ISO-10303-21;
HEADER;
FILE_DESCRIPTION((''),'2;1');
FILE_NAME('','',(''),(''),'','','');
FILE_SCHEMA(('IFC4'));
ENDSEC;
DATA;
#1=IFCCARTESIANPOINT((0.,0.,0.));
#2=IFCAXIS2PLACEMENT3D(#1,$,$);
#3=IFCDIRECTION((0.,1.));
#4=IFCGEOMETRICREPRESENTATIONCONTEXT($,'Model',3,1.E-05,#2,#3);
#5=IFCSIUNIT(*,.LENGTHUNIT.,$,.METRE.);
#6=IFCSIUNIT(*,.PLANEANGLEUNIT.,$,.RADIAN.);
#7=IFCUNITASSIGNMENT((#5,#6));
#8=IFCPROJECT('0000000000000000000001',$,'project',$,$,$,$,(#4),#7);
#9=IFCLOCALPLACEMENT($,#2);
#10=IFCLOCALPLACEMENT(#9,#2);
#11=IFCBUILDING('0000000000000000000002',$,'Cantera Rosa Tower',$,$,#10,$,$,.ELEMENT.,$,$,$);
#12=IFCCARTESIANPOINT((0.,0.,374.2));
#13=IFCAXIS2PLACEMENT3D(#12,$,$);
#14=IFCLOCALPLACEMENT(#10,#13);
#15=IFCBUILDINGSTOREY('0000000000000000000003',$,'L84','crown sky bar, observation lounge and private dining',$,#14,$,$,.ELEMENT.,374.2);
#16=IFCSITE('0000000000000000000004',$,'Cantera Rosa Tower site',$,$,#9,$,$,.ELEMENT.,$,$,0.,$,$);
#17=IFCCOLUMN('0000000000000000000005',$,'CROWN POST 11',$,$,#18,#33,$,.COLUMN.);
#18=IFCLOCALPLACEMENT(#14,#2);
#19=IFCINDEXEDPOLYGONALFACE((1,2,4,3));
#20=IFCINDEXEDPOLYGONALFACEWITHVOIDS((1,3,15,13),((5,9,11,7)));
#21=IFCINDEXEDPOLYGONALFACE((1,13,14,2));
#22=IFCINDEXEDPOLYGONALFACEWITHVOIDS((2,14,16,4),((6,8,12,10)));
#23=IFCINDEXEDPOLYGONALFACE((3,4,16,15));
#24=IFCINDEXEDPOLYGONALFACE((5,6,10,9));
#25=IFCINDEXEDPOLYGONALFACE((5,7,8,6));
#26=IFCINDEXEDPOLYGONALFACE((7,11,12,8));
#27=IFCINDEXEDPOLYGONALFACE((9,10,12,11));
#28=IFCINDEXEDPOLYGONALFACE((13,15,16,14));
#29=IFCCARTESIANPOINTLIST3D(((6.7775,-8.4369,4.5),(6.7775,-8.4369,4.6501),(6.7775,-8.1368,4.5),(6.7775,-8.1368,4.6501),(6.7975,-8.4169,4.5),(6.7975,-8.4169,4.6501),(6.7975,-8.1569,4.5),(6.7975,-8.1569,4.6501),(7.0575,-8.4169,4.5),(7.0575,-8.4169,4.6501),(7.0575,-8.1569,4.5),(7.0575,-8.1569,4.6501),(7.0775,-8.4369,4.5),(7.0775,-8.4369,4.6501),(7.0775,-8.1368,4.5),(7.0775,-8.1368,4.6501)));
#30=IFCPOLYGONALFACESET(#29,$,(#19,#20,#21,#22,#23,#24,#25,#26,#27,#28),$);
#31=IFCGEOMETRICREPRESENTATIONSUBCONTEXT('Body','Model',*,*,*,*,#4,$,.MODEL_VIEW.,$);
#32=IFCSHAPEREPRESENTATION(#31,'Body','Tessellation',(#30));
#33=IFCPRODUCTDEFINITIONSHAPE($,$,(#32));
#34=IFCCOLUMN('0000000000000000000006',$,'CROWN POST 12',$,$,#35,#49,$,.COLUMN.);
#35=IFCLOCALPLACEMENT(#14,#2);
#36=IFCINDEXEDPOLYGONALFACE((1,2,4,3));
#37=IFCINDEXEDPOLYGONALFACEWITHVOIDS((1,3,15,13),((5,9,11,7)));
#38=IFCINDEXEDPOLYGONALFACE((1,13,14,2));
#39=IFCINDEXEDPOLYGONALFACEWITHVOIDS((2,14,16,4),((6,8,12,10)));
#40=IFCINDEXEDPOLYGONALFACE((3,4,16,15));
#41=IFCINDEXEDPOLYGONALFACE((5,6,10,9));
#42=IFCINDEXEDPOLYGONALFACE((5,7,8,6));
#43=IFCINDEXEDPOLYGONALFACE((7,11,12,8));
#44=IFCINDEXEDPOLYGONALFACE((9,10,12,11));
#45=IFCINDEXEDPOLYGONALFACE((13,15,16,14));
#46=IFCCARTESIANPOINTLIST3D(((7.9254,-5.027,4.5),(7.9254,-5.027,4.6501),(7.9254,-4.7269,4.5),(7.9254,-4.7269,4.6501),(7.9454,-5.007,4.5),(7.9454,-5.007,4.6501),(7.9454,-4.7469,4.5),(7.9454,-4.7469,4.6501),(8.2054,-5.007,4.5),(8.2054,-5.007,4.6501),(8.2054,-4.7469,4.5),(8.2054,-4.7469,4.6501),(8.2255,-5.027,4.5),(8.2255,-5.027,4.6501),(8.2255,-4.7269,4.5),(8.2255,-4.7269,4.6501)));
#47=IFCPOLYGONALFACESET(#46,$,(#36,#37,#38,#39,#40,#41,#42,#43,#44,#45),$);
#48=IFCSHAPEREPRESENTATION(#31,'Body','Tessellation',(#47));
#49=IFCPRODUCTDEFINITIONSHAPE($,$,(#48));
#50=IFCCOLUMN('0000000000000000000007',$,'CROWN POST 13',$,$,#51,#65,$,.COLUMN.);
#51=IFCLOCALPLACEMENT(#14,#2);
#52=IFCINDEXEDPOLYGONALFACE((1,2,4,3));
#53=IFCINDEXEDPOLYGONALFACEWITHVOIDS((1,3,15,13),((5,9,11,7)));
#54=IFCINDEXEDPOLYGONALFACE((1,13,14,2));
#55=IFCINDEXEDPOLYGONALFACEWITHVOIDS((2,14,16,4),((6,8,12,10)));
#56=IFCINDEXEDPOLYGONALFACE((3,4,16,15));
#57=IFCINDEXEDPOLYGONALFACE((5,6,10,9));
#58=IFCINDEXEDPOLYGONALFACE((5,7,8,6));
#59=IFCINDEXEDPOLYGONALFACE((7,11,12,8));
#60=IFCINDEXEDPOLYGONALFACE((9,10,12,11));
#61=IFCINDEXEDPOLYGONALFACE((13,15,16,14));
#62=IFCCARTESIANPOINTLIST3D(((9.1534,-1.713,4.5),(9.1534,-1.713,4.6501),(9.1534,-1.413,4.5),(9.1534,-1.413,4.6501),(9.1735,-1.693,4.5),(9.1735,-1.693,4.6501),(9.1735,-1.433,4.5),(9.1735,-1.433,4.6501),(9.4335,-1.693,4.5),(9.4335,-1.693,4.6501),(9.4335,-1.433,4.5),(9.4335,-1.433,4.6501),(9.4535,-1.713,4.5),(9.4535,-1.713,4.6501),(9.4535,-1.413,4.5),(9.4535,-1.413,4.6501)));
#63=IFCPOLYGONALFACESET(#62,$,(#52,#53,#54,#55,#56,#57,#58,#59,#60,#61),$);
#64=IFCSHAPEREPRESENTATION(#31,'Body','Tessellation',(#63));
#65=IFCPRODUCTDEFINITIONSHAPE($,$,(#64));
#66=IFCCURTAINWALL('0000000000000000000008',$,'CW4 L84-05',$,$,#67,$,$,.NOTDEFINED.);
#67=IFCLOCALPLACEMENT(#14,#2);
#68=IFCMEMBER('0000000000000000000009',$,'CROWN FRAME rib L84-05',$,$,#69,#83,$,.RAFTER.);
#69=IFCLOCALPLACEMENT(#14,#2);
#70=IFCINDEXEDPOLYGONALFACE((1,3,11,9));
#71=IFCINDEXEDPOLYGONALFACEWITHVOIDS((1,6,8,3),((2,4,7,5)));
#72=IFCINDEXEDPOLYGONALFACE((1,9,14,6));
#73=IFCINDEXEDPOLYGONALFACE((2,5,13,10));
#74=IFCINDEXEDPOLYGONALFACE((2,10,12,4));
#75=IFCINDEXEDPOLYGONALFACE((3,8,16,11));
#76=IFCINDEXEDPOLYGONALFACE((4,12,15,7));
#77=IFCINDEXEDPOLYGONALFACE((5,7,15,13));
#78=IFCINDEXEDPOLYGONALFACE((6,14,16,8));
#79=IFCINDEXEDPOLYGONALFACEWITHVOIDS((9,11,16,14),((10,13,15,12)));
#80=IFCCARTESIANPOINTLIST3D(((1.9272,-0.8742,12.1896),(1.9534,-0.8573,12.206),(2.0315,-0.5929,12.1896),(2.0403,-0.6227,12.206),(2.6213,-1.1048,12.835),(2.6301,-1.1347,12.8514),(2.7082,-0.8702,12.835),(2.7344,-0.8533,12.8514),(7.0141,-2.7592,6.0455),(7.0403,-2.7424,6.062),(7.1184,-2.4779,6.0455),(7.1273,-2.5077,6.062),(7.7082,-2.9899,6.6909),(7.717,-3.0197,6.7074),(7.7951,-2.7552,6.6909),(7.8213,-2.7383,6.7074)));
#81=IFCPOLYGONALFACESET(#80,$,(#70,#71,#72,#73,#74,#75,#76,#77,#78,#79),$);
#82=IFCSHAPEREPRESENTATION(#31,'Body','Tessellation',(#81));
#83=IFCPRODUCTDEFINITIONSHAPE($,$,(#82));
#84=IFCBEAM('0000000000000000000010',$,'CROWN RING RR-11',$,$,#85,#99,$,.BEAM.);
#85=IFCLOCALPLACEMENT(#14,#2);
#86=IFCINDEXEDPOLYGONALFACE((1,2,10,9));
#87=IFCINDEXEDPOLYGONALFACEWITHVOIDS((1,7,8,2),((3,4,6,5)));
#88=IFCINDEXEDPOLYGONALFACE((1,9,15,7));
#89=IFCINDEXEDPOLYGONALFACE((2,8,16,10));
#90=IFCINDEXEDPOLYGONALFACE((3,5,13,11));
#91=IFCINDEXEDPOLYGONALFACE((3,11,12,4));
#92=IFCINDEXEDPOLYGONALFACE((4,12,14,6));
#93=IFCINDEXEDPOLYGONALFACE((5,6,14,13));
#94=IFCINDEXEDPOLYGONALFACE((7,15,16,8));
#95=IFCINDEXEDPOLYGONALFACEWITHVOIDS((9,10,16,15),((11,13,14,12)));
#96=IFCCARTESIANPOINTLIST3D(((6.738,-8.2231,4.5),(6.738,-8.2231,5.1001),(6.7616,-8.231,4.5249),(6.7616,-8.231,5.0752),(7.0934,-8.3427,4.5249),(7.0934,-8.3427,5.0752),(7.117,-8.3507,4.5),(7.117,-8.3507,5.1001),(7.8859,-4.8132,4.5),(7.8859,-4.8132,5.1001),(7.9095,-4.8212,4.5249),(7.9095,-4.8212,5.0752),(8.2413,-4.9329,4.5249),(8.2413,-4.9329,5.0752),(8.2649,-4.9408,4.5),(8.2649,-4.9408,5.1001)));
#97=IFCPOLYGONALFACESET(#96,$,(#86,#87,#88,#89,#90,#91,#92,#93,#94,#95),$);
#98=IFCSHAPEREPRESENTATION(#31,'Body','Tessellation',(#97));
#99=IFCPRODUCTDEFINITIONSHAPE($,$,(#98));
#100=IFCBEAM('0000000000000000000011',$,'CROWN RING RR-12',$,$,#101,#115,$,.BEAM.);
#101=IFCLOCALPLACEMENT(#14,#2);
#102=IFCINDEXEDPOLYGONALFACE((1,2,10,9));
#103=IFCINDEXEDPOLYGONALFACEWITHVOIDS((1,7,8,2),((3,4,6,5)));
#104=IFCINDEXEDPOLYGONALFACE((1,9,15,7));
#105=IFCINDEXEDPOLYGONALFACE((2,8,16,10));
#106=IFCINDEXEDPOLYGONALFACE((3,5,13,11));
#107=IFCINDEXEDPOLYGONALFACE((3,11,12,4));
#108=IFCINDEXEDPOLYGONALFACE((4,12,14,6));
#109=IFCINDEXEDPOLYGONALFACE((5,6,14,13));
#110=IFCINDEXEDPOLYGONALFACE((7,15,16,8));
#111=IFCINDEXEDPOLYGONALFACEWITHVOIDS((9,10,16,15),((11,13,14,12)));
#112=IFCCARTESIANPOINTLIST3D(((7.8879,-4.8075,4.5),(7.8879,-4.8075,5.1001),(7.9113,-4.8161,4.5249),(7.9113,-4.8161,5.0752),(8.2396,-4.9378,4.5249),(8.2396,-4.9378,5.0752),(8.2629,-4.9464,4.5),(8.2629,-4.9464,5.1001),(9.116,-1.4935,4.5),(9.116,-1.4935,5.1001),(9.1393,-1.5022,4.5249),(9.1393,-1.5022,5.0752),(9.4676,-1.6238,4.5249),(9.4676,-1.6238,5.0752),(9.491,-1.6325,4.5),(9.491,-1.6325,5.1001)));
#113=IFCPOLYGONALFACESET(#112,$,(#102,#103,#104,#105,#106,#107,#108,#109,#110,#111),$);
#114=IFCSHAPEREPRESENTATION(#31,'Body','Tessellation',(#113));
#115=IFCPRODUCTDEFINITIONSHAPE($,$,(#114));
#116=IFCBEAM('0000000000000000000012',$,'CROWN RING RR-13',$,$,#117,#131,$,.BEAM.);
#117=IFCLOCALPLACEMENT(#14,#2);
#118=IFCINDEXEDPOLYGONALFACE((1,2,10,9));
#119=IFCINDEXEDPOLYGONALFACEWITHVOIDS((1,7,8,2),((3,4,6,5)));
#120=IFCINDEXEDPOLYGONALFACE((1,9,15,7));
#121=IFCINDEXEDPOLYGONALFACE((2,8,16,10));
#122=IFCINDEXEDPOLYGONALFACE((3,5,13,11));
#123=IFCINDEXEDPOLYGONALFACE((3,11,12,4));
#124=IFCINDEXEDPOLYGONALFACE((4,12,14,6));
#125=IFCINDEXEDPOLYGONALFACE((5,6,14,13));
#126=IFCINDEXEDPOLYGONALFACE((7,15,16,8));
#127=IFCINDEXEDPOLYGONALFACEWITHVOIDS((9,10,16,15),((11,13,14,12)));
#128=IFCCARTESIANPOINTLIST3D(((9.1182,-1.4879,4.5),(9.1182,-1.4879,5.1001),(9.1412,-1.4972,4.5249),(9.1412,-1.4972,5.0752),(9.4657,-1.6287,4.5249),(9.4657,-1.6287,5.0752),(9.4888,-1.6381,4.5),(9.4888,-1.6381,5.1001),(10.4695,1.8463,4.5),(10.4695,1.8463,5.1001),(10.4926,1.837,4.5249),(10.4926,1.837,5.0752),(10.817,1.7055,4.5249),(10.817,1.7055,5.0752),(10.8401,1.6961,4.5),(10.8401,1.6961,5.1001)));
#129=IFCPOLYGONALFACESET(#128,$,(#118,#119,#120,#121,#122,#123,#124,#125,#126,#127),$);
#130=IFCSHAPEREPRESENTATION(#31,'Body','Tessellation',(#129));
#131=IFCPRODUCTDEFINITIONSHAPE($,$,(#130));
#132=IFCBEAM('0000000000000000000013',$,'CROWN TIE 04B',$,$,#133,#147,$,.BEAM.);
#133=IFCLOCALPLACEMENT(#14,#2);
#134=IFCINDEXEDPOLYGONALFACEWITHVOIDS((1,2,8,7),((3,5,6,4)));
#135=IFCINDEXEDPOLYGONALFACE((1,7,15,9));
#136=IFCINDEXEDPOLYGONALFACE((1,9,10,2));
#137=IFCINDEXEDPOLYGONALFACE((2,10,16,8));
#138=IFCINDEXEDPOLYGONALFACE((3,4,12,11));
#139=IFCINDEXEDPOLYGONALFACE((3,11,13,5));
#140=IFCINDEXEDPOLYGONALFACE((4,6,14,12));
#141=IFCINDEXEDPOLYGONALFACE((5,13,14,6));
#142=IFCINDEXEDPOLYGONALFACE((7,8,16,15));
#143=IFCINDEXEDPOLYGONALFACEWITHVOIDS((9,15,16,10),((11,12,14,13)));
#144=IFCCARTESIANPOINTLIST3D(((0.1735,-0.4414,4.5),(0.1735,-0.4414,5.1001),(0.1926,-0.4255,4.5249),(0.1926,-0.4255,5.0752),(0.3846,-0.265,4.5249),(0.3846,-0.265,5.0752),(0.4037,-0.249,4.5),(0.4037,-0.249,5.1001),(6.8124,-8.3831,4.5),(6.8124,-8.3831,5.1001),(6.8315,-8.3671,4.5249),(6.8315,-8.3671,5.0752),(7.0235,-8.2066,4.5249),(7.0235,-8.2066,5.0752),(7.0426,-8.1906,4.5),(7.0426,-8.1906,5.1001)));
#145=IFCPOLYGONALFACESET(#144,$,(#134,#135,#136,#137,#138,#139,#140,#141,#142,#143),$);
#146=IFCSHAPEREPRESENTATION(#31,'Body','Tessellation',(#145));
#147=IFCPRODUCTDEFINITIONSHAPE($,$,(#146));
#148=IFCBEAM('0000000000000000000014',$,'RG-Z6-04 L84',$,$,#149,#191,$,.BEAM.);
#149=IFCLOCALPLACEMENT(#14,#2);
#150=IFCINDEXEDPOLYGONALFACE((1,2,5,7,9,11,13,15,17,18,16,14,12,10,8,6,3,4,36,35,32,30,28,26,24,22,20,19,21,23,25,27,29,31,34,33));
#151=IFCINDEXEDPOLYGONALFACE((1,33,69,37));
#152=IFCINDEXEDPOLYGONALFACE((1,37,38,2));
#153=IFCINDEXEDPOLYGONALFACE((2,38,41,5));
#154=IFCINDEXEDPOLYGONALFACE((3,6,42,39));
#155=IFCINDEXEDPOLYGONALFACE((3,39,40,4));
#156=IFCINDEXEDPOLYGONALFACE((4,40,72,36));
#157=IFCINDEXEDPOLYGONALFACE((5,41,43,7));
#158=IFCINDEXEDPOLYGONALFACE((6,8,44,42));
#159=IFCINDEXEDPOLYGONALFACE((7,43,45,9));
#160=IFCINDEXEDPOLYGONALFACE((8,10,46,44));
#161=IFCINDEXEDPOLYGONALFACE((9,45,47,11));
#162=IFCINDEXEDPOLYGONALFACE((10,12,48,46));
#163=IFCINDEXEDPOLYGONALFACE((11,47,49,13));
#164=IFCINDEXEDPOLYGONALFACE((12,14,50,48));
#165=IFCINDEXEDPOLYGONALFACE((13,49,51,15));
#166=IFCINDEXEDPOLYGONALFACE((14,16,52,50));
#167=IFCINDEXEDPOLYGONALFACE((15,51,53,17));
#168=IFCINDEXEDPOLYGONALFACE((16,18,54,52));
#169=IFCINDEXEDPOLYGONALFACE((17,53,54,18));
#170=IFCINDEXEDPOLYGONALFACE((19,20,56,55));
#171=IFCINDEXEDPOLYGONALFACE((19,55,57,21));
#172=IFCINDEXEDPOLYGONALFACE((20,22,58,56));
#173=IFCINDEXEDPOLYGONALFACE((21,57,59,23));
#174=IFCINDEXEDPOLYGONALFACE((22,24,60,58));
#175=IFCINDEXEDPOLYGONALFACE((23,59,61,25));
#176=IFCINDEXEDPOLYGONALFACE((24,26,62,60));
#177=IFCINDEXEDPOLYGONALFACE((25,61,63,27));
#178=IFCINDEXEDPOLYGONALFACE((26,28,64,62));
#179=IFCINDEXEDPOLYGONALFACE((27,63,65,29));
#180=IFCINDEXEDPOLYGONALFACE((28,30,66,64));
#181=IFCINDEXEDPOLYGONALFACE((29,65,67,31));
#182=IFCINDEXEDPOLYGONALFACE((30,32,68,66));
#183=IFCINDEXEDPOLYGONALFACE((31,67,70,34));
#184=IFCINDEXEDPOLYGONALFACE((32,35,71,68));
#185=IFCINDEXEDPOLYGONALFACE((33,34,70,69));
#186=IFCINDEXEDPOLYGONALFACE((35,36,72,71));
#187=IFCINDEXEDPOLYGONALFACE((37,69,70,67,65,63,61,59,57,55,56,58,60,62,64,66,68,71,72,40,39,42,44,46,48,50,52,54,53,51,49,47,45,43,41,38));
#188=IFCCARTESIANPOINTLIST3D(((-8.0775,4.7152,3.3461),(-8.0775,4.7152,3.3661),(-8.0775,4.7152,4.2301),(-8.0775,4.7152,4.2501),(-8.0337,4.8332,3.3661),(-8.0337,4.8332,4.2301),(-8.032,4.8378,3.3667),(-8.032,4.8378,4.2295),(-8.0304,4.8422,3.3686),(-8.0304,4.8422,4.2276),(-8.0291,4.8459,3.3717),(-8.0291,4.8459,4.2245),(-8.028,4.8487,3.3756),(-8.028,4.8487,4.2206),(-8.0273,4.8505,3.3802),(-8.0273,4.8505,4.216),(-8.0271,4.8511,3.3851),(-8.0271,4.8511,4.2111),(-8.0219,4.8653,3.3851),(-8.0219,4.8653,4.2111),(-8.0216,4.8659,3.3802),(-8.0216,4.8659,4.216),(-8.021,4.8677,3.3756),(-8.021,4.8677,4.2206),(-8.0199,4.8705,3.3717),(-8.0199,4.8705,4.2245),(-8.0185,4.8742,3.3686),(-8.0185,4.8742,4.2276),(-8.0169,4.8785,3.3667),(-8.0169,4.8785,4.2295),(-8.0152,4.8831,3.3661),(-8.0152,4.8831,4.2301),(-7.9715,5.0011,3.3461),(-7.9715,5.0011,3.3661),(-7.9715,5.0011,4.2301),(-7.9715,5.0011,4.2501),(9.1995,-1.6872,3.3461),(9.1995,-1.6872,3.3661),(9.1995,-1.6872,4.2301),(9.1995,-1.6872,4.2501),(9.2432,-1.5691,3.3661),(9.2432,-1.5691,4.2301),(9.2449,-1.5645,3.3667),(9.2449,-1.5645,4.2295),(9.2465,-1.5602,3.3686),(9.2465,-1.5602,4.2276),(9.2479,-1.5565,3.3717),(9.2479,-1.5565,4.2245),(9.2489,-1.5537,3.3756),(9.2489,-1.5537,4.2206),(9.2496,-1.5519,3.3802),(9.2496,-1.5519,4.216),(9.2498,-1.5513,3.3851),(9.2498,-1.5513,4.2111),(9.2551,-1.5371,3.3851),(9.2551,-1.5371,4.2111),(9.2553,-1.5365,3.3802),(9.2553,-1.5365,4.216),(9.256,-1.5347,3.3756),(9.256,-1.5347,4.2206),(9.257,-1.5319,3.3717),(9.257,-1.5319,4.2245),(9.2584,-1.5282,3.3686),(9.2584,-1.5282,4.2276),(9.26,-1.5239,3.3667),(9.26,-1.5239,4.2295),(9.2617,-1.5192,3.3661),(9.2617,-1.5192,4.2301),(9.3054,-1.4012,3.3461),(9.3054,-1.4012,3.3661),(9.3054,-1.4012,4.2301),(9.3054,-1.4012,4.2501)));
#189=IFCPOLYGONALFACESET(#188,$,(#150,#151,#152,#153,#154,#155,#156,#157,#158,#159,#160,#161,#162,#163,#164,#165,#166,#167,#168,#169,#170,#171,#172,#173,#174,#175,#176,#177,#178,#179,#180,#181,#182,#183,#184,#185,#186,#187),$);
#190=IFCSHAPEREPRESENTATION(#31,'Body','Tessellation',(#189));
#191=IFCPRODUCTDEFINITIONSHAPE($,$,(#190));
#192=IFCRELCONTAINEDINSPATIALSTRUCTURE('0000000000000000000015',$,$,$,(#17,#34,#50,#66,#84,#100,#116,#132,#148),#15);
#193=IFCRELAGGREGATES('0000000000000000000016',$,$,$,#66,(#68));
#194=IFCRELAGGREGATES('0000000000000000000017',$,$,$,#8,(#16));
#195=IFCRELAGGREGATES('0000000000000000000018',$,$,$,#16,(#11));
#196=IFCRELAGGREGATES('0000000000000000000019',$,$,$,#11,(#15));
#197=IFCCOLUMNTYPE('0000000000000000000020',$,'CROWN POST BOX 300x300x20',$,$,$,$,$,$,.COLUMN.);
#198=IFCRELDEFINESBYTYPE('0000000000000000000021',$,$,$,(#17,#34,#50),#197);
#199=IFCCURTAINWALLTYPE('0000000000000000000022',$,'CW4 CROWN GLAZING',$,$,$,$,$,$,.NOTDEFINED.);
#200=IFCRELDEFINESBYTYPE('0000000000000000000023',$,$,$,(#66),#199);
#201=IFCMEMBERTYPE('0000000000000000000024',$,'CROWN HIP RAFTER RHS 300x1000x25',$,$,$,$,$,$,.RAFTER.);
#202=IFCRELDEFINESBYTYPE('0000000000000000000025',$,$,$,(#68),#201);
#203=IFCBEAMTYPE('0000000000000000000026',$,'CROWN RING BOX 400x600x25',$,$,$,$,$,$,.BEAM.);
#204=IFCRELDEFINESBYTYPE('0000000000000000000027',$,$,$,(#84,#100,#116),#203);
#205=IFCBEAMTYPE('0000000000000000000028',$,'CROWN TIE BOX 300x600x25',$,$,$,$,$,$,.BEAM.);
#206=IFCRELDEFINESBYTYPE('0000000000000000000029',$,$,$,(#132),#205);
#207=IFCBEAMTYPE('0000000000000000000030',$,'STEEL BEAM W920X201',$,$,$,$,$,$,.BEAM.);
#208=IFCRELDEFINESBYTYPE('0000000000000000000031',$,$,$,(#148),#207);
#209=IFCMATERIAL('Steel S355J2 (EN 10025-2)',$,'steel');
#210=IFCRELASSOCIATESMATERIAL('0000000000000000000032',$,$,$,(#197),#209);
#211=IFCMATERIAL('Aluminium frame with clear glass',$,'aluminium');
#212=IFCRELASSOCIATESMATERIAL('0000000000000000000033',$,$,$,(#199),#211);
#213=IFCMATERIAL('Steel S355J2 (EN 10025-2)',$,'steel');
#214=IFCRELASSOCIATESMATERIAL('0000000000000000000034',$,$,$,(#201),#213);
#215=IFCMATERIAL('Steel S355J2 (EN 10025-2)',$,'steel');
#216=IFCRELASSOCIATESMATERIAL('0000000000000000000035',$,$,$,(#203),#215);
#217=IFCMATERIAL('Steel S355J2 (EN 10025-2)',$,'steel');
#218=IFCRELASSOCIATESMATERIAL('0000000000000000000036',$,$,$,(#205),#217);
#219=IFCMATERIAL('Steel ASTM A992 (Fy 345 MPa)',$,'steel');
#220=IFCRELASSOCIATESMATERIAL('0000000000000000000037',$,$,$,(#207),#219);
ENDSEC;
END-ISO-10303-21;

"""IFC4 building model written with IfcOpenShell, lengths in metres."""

from ifc_helpers import new_model, si_unit, direction, frame, origin, origin_2d, place, context, subcontext, project, spatial, hollow_rectangle, i_section, extrude, material, material_profile, profile_set, type_object, element, aggregate, save


model = new_model("IFC4")

# Units and contexts
model_context = context("Model", 3, precision=1e-05, world=origin(), true_north=direction((0.0, 1.0)))
body_context = subcontext(model_context, "Body", "Model", "MODEL_VIEW")
ifc_project = project(units=[si_unit("LENGTHUNIT", "METRE"), si_unit("PLANEANGLEUNIT", "RADIAN")], contexts=[model_context])

# Site, building, storey
site_placement = place(None, origin())
site = spatial("IfcSite", under=ifc_project, at=site_placement, Name="Cantera Rosa Tower site", CompositionType="ELEMENT", RefElevation=0.0)
building_placement = place(site_placement, origin())
building = spatial("IfcBuilding", under=site, at=building_placement, Name="Cantera Rosa Tower", CompositionType="ELEMENT")
storey_placement = place(building_placement, frame((0.0, 0.0, 374.2)))
storey = spatial("IfcBuildingStorey", under=building, at=storey_placement, Name="L84", Description="crown sky bar, observation lounge and private dining", CompositionType="ELEMENT", Elevation=374.2)

# Columns
ifc_material_1 = material(Name="Steel S355J2 (EN 10025-2)", Category="steel")
ifc_material_profile_1 = material_profile(ifc_material_1, hollow_rectangle(XDim=0.3, YDim=0.3, WallThickness=0.02, at=origin_2d()), Name="CROWN POST BOX 300x300x20")
ifc_profile_set_1 = profile_set([ifc_material_profile_1], Name="Steel S355J2 (EN 10025-2)")
column_type = type_object("IfcColumnType", Name="CROWN POST BOX 300x300x20", PredefinedType="COLUMN", material=ifc_profile_set_1)
for number, where, z_axis, x_axis, name in (
    (1, (6.9275, -8.2869, 4.5), (0.0, 0.0, 1.0), (1.0, 0.0, 0.0), "CROWN POST 11"),
    (2, (8.0754, -4.877, 4.5), (0.0, 0.0, 1.0), (1.0, 0.0, 0.0), "CROWN POST 12"),
    (3, (9.3035, -1.563, 4.5), (0.0, 0.0, 1.0), (1.0, 0.0, 0.0), "CROWN POST 13"),
):
    element("IfcColumn", number, at=place(storey_placement, frame(where, z_axis=z_axis, x_axis=x_axis)), inside=storey, type_object=column_type, Name=name, PredefinedType="COLUMN", context=body_context, shape_type="SweptSolid", body=[
        extrude(hollow_rectangle(XDim=0.3, YDim=0.3, WallThickness=0.02, at=origin_2d()), origin(), (0.0, 0.0, 1.0), 0.1501),
    ])

# Curtain wall, member
ifc_material_2 = material(Name="Aluminium frame with clear glass", Category="aluminium")
curtain_wall_type = type_object("IfcCurtainWallType", Name="CW4 CROWN GLAZING", PredefinedType="NOTDEFINED", material=ifc_material_2)
curtain_wall_1_placement = place(storey_placement, origin())
curtain_wall_1 = element("IfcCurtainWall", 4, at=curtain_wall_1_placement, inside=storey, type_object=curtain_wall_type, Name="CW4 L84-05", PredefinedType="NOTDEFINED")
ifc_material_3 = material(Name="Steel S355J2 (EN 10025-2)", Category="steel")
ifc_material_profile_2 = material_profile(ifc_material_3, hollow_rectangle(XDim=0.3, YDim=1.0, WallThickness=0.0249, at=origin_2d()), Name="CROWN HIP RAFTER RHS 300x1000x25")
ifc_profile_set_2 = profile_set([ifc_material_profile_2], Name="Steel S355J2 (EN 10025-2)")
member_type = type_object("IfcMemberType", Name="CROWN HIP RAFTER RHS 300x1000x25", PredefinedType="RAFTER", material=ifc_profile_set_2)
member_placement = place(storey_placement, frame((7.4177, -2.7488, 6.3765), z_axis=(-0.620636, 0.229983, 0.749612), x_axis=(0.347471, 0.937691, 0.0)))
member = element("IfcMember", 5, at=member_placement, type_object=member_type, Name="CROWN FRAME rib L84-05", PredefinedType="RAFTER", context=body_context, shape_type="SweptSolid", body=[
    extrude(hollow_rectangle(XDim=0.3, YDim=1.0, WallThickness=0.0249, at=origin_2d()), origin(), (0.0, 0.0, 1.0), 8.1963),
])

# Beams
ifc_material_4 = material(Name="Steel S355J2 (EN 10025-2)", Category="steel")
ifc_material_profile_3 = material_profile(ifc_material_4, hollow_rectangle(XDim=0.3999, YDim=0.6001, WallThickness=0.0249, at=origin_2d()), Name="CROWN RING BOX 400x600x25")
ifc_profile_set_3 = profile_set([ifc_material_profile_3], Name="Steel S355J2 (EN 10025-2)")
beam_type_1 = type_object("IfcBeamType", Name="CROWN RING BOX 400x600x25", PredefinedType="BEAM", material=ifc_profile_set_3)
beam_1_placement = place(storey_placement, frame((6.9275, -8.2869, 4.8), z_axis=(0.319056, 0.947736, 0.0), x_axis=(-0.947736, 0.319056, 0.0)))
element("IfcBeam", 6, at=beam_1_placement, inside=storey, type_object=beam_type_1, Name="CROWN RING RR-11", PredefinedType="BEAM", context=body_context, shape_type="SweptSolid", body=[
    extrude(hollow_rectangle(XDim=0.3999, YDim=0.6001, WallThickness=0.0249, at=origin_2d()), origin(), (0.0, 0.0, 1.0), 3.5979),
])
beam_2_placement = place(storey_placement, frame((8.0754, -4.877, 4.8), z_axis=(0.347472, 0.93769, 0.0), x_axis=(-0.93769, 0.347472, 0.0)))
element("IfcBeam", 7, at=beam_2_placement, inside=storey, type_object=beam_type_1, Name="CROWN RING RR-12", PredefinedType="BEAM", context=body_context, shape_type="SweptSolid", body=[
    extrude(hollow_rectangle(XDim=0.3999, YDim=0.6001, WallThickness=0.0249, at=origin_2d()), origin(), (0.0, 0.0, 1.0), 3.5342),
])
beam_3_placement = place(storey_placement, frame((9.3035, -1.563, 4.8), z_axis=(0.375611, 0.926778, 0.0), x_axis=(-0.926778, 0.375611, 0.0)))
element("IfcBeam", 8, at=beam_3_placement, inside=storey, type_object=beam_type_1, Name="CROWN RING RR-13", PredefinedType="BEAM", context=body_context, shape_type="SweptSolid", body=[
    extrude(hollow_rectangle(XDim=0.3999, YDim=0.6001, WallThickness=0.0249, at=origin_2d()), origin(), (0.0, 0.0, 1.0), 3.5977),
])
ifc_material_5 = material(Name="Steel S355J2 (EN 10025-2)", Category="steel")
ifc_material_profile_4 = material_profile(ifc_material_5, hollow_rectangle(XDim=0.3, YDim=0.6001, WallThickness=0.0249, at=origin_2d()), Name="CROWN TIE BOX 300x600x25")
ifc_profile_set_4 = profile_set([ifc_material_profile_4], Name="Steel S355J2 (EN 10025-2)")
beam_type_2 = type_object("IfcBeamType", Name="CROWN TIE BOX 300x600x25", PredefinedType="BEAM", material=ifc_profile_set_4)
beam_4_placement = place(storey_placement, frame((6.9275, -8.2869, 4.8), z_axis=(-0.641374, 0.767229, 0.0), x_axis=(-0.767229, -0.641374, 0.0)))
element("IfcBeam", 9, at=beam_4_placement, inside=storey, type_object=beam_type_2, Name="CROWN TIE 04B", PredefinedType="BEAM", context=body_context, shape_type="SweptSolid", body=[
    extrude(hollow_rectangle(XDim=0.3, YDim=0.6001, WallThickness=0.0249, at=origin_2d()), origin(), (0.0, 0.0, 1.0), 10.3511),
])
ifc_material_6 = material(Name="Steel ASTM A992 (Fy 345 MPa)", Category="steel")
ifc_material_profile_5 = material_profile(ifc_material_6, i_section(OverallWidth=0.3049, OverallDepth=0.9041, WebThickness=0.0151, FlangeThickness=0.02, FilletRadius=0.019, at=origin_2d()), Name="W920X201")
ifc_profile_set_5 = profile_set([ifc_material_profile_5], Name="Steel ASTM A992 (Fy 345 MPa)")
beam_type_3 = type_object("IfcBeamType", Name="STEEL BEAM W920X201", PredefinedType="BEAM", material=ifc_profile_set_5)
beam_5_placement = place(storey_placement, frame((9.2524, -1.5442, 3.7981), z_axis=(-0.937687, 0.347482, 0.0), x_axis=(-0.347482, -0.937687, 0.0)))
element("IfcBeam", 10, at=beam_5_placement, inside=storey, type_object=beam_type_3, Name="RG-Z6-04 L84", PredefinedType="BEAM", context=body_context, shape_type="SweptSolid", body=[
    extrude(i_section(OverallWidth=0.3049, OverallDepth=0.9041, WebThickness=0.0151, FlangeThickness=0.02, FilletRadius=0.019, at=origin_2d()), origin(), (0.0, 0.0, 1.0), 18.425),
])

aggregate(curtain_wall_1, [member])

save(model, "model.ifc")
